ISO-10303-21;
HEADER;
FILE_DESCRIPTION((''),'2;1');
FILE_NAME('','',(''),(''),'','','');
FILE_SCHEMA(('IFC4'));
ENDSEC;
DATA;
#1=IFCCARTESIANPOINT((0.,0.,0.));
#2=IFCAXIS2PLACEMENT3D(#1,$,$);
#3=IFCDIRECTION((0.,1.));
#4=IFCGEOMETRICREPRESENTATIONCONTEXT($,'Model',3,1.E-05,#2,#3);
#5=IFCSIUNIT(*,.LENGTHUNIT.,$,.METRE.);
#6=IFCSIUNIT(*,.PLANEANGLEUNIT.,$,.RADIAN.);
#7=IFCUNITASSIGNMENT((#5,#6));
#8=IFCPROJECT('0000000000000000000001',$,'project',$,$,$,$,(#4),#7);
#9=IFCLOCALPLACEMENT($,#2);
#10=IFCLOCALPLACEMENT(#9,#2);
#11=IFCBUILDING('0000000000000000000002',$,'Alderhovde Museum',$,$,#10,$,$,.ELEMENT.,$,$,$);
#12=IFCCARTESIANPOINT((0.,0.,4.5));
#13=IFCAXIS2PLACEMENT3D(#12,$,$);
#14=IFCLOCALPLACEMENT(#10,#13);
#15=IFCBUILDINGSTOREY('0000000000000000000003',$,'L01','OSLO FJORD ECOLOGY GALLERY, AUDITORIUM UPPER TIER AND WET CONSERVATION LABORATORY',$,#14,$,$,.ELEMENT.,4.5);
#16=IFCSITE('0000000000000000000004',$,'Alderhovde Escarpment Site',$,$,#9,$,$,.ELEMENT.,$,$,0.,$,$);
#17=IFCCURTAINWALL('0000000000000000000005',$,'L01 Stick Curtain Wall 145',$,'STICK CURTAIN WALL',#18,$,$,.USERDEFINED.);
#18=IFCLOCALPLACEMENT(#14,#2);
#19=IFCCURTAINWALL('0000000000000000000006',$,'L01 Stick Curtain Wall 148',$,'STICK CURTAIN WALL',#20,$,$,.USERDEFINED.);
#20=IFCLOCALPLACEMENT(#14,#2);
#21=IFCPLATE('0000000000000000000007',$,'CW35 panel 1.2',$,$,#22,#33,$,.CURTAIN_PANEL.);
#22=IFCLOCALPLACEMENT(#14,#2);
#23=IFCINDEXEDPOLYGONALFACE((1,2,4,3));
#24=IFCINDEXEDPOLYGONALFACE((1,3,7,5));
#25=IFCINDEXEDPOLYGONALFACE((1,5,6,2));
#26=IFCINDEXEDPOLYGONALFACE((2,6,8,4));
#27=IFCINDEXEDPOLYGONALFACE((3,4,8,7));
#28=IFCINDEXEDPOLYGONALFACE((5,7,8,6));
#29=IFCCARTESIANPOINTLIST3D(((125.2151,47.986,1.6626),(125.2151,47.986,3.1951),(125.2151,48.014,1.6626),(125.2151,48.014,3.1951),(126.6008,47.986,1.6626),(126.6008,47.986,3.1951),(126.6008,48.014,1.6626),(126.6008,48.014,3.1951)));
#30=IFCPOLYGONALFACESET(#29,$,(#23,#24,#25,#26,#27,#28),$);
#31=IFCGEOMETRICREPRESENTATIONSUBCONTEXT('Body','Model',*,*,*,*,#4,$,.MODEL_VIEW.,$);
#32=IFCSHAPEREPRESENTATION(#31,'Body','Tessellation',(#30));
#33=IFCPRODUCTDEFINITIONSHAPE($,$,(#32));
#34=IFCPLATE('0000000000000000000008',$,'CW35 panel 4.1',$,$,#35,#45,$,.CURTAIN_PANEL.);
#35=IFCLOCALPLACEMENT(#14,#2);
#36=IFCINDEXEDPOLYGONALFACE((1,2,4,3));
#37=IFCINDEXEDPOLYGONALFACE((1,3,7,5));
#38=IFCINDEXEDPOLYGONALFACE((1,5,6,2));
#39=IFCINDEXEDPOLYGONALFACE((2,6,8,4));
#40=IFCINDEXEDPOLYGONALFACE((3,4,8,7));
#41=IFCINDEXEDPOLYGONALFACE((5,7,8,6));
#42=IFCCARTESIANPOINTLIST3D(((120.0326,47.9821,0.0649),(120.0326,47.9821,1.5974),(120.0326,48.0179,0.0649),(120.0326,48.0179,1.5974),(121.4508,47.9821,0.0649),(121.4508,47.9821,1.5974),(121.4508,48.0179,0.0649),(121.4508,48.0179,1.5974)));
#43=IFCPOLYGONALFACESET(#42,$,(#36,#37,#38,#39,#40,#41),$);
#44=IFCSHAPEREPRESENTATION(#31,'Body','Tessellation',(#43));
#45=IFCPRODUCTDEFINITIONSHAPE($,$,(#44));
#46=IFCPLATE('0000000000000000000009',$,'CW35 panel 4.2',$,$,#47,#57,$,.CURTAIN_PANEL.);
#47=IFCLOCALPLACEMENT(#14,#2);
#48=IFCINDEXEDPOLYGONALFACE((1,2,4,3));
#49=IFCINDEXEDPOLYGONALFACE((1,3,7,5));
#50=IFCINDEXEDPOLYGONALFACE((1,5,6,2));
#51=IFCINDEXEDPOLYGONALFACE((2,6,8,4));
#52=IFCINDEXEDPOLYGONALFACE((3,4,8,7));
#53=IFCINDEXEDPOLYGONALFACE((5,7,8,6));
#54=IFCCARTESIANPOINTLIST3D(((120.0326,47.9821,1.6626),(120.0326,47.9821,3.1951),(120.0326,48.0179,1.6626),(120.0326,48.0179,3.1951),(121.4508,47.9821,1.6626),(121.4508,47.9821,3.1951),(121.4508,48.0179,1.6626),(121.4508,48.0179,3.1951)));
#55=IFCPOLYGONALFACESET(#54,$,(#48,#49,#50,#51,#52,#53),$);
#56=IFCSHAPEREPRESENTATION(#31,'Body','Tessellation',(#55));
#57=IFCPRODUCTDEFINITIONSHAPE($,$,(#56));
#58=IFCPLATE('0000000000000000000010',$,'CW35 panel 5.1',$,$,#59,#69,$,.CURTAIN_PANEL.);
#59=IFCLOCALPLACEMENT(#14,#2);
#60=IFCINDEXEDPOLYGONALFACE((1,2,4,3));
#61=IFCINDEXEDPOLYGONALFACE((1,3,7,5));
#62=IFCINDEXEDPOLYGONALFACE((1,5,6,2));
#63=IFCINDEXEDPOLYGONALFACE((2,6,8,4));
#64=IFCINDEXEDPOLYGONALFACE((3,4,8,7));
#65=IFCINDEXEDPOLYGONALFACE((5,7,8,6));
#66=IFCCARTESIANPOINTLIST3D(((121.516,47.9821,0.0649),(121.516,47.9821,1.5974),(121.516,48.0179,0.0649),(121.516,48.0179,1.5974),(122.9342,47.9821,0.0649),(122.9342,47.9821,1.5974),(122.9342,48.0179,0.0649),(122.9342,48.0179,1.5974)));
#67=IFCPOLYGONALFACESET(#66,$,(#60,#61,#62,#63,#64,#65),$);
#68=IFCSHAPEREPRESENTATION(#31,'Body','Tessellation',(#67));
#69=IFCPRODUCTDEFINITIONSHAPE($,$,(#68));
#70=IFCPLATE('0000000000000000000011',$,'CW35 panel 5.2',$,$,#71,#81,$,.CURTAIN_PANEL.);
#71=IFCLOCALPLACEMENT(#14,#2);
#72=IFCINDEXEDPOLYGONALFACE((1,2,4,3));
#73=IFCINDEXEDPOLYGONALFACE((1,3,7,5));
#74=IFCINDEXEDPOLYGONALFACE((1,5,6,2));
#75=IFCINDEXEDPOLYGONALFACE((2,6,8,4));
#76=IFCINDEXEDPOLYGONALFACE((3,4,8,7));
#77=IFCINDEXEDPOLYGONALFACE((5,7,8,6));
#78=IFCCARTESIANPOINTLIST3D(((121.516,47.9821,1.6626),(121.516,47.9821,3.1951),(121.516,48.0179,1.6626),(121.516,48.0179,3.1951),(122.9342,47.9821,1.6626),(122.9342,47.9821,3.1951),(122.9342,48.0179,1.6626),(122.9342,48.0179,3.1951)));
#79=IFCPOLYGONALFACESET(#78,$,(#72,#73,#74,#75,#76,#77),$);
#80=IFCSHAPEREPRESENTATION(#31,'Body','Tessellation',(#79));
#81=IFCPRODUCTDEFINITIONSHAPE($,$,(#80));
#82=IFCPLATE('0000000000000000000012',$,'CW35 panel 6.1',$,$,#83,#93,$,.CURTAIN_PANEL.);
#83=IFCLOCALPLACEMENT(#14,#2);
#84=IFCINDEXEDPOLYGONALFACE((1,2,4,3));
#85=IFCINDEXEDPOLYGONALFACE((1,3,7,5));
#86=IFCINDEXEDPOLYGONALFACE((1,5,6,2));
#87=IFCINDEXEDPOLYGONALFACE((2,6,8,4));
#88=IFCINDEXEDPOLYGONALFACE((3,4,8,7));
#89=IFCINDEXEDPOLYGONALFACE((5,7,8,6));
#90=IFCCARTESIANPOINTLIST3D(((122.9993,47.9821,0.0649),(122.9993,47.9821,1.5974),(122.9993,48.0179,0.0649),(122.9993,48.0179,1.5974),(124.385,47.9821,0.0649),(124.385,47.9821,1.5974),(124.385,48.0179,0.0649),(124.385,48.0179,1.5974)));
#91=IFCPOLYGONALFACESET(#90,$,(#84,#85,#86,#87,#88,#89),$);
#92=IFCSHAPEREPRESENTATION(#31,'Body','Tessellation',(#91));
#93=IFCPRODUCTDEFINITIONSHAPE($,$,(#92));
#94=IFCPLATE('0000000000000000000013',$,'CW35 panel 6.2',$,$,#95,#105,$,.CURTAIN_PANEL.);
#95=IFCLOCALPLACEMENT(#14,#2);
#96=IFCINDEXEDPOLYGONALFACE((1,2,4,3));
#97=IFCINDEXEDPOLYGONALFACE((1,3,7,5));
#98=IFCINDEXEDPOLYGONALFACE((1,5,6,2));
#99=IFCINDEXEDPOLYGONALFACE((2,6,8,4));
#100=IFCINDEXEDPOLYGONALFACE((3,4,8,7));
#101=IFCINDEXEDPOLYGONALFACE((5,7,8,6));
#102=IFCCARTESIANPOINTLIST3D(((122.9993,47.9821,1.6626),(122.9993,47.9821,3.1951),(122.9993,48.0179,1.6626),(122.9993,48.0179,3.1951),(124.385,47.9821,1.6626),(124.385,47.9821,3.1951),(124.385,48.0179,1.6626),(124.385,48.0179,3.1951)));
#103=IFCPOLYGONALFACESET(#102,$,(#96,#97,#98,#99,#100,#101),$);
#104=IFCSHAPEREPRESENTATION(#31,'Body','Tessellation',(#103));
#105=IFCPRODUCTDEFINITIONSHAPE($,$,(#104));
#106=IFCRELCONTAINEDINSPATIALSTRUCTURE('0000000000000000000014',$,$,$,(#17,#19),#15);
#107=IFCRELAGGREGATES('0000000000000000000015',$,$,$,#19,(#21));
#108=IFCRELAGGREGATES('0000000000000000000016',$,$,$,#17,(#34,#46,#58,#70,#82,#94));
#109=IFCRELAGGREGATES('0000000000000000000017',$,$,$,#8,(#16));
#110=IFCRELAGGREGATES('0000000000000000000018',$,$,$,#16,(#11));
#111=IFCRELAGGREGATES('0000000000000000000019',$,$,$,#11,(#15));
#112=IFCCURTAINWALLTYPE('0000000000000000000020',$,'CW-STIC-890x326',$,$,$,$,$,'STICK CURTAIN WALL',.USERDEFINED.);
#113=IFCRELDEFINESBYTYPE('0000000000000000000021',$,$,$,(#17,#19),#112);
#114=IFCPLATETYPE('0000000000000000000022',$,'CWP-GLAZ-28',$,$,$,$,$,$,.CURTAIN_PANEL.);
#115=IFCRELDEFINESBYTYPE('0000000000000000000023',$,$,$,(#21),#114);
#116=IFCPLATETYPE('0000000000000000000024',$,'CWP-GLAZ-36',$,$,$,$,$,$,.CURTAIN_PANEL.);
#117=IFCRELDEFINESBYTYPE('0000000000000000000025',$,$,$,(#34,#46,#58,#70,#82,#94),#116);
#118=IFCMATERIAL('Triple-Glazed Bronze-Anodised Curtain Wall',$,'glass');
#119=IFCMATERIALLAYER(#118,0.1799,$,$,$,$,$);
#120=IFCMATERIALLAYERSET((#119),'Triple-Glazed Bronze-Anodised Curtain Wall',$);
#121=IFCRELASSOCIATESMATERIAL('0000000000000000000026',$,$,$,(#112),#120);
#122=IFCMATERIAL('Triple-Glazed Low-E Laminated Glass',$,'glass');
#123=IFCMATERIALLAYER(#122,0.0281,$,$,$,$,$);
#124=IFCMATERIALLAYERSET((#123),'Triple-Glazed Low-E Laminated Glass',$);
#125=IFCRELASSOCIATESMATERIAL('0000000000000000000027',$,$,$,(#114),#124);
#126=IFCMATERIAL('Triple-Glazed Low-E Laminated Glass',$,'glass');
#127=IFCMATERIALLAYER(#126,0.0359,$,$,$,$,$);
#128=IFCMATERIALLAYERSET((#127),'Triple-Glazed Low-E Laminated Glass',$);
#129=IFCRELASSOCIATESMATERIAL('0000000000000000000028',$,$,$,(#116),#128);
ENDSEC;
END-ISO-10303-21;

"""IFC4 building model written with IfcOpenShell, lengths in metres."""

from ifc_helpers import new_model, si_unit, direction, frame, origin, origin_2d, place, context, subcontext, project, spatial, rectangle, extrude, material, layer, layer_set, type_object, element, aggregate, save


model = new_model("IFC4")

# Units and contexts
model_context = context("Model", 3, precision=1e-05, world=origin(), true_north=direction((0.0, 1.0)))
body_context = subcontext(model_context, "Body", "Model", "MODEL_VIEW")
ifc_project = project(units=[si_unit("LENGTHUNIT", "METRE"), si_unit("PLANEANGLEUNIT", "RADIAN")], contexts=[model_context])

# Site, building, storey
site_placement = place(None, origin())
site = spatial("IfcSite", under=ifc_project, at=site_placement, Name="Alderhovde Escarpment Site", CompositionType="ELEMENT", RefElevation=0.0)
building_placement = place(site_placement, origin())
building = spatial("IfcBuilding", under=site, at=building_placement, Name="Alderhovde Museum", CompositionType="ELEMENT")
storey_placement = place(building_placement, frame((0.0, 0.0, 4.5)))
storey = spatial("IfcBuildingStorey", under=building, at=storey_placement, Name="L01", Description="OSLO FJORD ECOLOGY GALLERY, AUDITORIUM UPPER TIER AND WET CONSERVATION LABORATORY", CompositionType="ELEMENT", Elevation=4.5)

# Curtain walls
ifc_material_1 = material(Name="Triple-Glazed Bronze-Anodised Curtain Wall", Category="glass")
ifc_layer_1 = layer(ifc_material_1, 0.1799)
ifc_layer_set_1 = layer_set([ifc_layer_1], Name="Triple-Glazed Bronze-Anodised Curtain Wall")
curtain_wall_type = type_object("IfcCurtainWallType", Name="CW-STIC-890x326", ElementType="STICK CURTAIN WALL", PredefinedType="USERDEFINED", material=ifc_layer_set_1)
curtain_wall_1_placement = place(storey_placement, origin())
curtain_wall_1 = element("IfcCurtainWall", 1, at=curtain_wall_1_placement, inside=storey, type_object=curtain_wall_type, Name="L01 Stick Curtain Wall 145", ObjectType="STICK CURTAIN WALL", PredefinedType="USERDEFINED")
curtain_wall_2_placement = place(storey_placement, origin())
curtain_wall_2 = element("IfcCurtainWall", 2, at=curtain_wall_2_placement, inside=storey, type_object=curtain_wall_type, Name="L01 Stick Curtain Wall 148", ObjectType="STICK CURTAIN WALL", PredefinedType="USERDEFINED")

# Plates
ifc_material_2 = material(Name="Triple-Glazed Low-E Laminated Glass", Category="glass")
ifc_layer_2 = layer(ifc_material_2, 0.0281)
ifc_layer_set_2 = layer_set([ifc_layer_2], Name="Triple-Glazed Low-E Laminated Glass")
plate_type_1 = type_object("IfcPlateType", Name="CWP-GLAZ-28", PredefinedType="CURTAIN_PANEL", material=ifc_layer_set_2)
plate_1_placement = place(storey_placement, frame((125.908, 48.0, 1.6626), z_axis=(0.0, 0.0, 1.0), x_axis=(1.0, 0.0, 0.0)))
plate_1 = element("IfcPlate", 3, at=plate_1_placement, type_object=plate_type_1, Name="CW35 panel 1.2", PredefinedType="CURTAIN_PANEL", context=body_context, shape_type="SweptSolid", body=[
    extrude(rectangle(XDim=1.3857, YDim=0.0281, at=origin_2d()), origin(), (0.0, 0.0, 1.0), 1.5325),
])
aggregate(curtain_wall_2, [plate_1])
ifc_material_3 = material(Name="Triple-Glazed Low-E Laminated Glass", Category="glass")
ifc_layer_3 = layer(ifc_material_3, 0.0359)
ifc_layer_set_3 = layer_set([ifc_layer_3], Name="Triple-Glazed Low-E Laminated Glass")
plate_type_2 = type_object("IfcPlateType", Name="CWP-GLAZ-36", PredefinedType="CURTAIN_PANEL", material=ifc_layer_set_3)
plate_2_placement = place(storey_placement, frame((120.7417, 48.0, 0.0649), z_axis=(0.0, 0.0, 1.0), x_axis=(1.0, 0.0, 0.0)))
plate_2 = element("IfcPlate", 4, at=plate_2_placement, type_object=plate_type_2, Name="CW35 panel 4.1", PredefinedType="CURTAIN_PANEL", context=body_context, shape_type="SweptSolid", body=[
    extrude(rectangle(XDim=1.4182, YDim=0.0359, at=origin_2d()), origin(), (0.0, 0.0, 1.0), 1.5325),
])
plate_3_placement = place(storey_placement, frame((120.7417, 48.0, 1.6626), z_axis=(0.0, 0.0, 1.0), x_axis=(1.0, 0.0, 0.0)))
plate_3 = element("IfcPlate", 5, at=plate_3_placement, type_object=plate_type_2, Name="CW35 panel 4.2", PredefinedType="CURTAIN_PANEL", context=body_context, shape_type="SweptSolid", body=[
    extrude(rectangle(XDim=1.4182, YDim=0.0359, at=origin_2d()), origin(), (0.0, 0.0, 1.0), 1.5325),
])
plate_4_placement = place(storey_placement, frame((122.2251, 48.0, 0.0649), z_axis=(0.0, 0.0, 1.0), x_axis=(1.0, 0.0, 0.0)))
plate_4 = element("IfcPlate", 6, at=plate_4_placement, type_object=plate_type_2, Name="CW35 panel 5.1", PredefinedType="CURTAIN_PANEL", context=body_context, shape_type="SweptSolid", body=[
    extrude(rectangle(XDim=1.4182, YDim=0.0359, at=origin_2d()), origin(), (0.0, 0.0, 1.0), 1.5325),
])
plate_5_placement = place(storey_placement, frame((122.2251, 48.0, 1.6626), z_axis=(0.0, 0.0, 1.0), x_axis=(1.0, 0.0, 0.0)))
plate_5 = element("IfcPlate", 7, at=plate_5_placement, type_object=plate_type_2, Name="CW35 panel 5.2", PredefinedType="CURTAIN_PANEL", context=body_context, shape_type="SweptSolid", body=[
    extrude(rectangle(XDim=1.4182, YDim=0.0359, at=origin_2d()), origin(), (0.0, 0.0, 1.0), 1.5325),
])
plate_6_placement = place(storey_placement, frame((123.6921, 48.0, 0.0649), z_axis=(0.0, 0.0, 1.0), x_axis=(1.0, 0.0, 0.0)))
plate_6 = element("IfcPlate", 8, at=plate_6_placement, type_object=plate_type_2, Name="CW35 panel 6.1", PredefinedType="CURTAIN_PANEL", context=body_context, shape_type="SweptSolid", body=[
    extrude(rectangle(XDim=1.3857, YDim=0.0359, at=origin_2d()), origin(), (0.0, 0.0, 1.0), 1.5325),
])
plate_7_placement = place(storey_placement, frame((123.6921, 48.0, 1.6626), z_axis=(0.0, 0.0, 1.0), x_axis=(1.0, 0.0, 0.0)))
plate_7 = element("IfcPlate", 9, at=plate_7_placement, type_object=plate_type_2, Name="CW35 panel 6.2", PredefinedType="CURTAIN_PANEL", context=body_context, shape_type="SweptSolid", body=[
    extrude(rectangle(XDim=1.3857, YDim=0.0359, at=origin_2d()), origin(), (0.0, 0.0, 1.0), 1.5325),
])
aggregate(curtain_wall_1, [plate_2, plate_3, plate_4, plate_5, plate_6, plate_7])

save(model, "model.ifc")
